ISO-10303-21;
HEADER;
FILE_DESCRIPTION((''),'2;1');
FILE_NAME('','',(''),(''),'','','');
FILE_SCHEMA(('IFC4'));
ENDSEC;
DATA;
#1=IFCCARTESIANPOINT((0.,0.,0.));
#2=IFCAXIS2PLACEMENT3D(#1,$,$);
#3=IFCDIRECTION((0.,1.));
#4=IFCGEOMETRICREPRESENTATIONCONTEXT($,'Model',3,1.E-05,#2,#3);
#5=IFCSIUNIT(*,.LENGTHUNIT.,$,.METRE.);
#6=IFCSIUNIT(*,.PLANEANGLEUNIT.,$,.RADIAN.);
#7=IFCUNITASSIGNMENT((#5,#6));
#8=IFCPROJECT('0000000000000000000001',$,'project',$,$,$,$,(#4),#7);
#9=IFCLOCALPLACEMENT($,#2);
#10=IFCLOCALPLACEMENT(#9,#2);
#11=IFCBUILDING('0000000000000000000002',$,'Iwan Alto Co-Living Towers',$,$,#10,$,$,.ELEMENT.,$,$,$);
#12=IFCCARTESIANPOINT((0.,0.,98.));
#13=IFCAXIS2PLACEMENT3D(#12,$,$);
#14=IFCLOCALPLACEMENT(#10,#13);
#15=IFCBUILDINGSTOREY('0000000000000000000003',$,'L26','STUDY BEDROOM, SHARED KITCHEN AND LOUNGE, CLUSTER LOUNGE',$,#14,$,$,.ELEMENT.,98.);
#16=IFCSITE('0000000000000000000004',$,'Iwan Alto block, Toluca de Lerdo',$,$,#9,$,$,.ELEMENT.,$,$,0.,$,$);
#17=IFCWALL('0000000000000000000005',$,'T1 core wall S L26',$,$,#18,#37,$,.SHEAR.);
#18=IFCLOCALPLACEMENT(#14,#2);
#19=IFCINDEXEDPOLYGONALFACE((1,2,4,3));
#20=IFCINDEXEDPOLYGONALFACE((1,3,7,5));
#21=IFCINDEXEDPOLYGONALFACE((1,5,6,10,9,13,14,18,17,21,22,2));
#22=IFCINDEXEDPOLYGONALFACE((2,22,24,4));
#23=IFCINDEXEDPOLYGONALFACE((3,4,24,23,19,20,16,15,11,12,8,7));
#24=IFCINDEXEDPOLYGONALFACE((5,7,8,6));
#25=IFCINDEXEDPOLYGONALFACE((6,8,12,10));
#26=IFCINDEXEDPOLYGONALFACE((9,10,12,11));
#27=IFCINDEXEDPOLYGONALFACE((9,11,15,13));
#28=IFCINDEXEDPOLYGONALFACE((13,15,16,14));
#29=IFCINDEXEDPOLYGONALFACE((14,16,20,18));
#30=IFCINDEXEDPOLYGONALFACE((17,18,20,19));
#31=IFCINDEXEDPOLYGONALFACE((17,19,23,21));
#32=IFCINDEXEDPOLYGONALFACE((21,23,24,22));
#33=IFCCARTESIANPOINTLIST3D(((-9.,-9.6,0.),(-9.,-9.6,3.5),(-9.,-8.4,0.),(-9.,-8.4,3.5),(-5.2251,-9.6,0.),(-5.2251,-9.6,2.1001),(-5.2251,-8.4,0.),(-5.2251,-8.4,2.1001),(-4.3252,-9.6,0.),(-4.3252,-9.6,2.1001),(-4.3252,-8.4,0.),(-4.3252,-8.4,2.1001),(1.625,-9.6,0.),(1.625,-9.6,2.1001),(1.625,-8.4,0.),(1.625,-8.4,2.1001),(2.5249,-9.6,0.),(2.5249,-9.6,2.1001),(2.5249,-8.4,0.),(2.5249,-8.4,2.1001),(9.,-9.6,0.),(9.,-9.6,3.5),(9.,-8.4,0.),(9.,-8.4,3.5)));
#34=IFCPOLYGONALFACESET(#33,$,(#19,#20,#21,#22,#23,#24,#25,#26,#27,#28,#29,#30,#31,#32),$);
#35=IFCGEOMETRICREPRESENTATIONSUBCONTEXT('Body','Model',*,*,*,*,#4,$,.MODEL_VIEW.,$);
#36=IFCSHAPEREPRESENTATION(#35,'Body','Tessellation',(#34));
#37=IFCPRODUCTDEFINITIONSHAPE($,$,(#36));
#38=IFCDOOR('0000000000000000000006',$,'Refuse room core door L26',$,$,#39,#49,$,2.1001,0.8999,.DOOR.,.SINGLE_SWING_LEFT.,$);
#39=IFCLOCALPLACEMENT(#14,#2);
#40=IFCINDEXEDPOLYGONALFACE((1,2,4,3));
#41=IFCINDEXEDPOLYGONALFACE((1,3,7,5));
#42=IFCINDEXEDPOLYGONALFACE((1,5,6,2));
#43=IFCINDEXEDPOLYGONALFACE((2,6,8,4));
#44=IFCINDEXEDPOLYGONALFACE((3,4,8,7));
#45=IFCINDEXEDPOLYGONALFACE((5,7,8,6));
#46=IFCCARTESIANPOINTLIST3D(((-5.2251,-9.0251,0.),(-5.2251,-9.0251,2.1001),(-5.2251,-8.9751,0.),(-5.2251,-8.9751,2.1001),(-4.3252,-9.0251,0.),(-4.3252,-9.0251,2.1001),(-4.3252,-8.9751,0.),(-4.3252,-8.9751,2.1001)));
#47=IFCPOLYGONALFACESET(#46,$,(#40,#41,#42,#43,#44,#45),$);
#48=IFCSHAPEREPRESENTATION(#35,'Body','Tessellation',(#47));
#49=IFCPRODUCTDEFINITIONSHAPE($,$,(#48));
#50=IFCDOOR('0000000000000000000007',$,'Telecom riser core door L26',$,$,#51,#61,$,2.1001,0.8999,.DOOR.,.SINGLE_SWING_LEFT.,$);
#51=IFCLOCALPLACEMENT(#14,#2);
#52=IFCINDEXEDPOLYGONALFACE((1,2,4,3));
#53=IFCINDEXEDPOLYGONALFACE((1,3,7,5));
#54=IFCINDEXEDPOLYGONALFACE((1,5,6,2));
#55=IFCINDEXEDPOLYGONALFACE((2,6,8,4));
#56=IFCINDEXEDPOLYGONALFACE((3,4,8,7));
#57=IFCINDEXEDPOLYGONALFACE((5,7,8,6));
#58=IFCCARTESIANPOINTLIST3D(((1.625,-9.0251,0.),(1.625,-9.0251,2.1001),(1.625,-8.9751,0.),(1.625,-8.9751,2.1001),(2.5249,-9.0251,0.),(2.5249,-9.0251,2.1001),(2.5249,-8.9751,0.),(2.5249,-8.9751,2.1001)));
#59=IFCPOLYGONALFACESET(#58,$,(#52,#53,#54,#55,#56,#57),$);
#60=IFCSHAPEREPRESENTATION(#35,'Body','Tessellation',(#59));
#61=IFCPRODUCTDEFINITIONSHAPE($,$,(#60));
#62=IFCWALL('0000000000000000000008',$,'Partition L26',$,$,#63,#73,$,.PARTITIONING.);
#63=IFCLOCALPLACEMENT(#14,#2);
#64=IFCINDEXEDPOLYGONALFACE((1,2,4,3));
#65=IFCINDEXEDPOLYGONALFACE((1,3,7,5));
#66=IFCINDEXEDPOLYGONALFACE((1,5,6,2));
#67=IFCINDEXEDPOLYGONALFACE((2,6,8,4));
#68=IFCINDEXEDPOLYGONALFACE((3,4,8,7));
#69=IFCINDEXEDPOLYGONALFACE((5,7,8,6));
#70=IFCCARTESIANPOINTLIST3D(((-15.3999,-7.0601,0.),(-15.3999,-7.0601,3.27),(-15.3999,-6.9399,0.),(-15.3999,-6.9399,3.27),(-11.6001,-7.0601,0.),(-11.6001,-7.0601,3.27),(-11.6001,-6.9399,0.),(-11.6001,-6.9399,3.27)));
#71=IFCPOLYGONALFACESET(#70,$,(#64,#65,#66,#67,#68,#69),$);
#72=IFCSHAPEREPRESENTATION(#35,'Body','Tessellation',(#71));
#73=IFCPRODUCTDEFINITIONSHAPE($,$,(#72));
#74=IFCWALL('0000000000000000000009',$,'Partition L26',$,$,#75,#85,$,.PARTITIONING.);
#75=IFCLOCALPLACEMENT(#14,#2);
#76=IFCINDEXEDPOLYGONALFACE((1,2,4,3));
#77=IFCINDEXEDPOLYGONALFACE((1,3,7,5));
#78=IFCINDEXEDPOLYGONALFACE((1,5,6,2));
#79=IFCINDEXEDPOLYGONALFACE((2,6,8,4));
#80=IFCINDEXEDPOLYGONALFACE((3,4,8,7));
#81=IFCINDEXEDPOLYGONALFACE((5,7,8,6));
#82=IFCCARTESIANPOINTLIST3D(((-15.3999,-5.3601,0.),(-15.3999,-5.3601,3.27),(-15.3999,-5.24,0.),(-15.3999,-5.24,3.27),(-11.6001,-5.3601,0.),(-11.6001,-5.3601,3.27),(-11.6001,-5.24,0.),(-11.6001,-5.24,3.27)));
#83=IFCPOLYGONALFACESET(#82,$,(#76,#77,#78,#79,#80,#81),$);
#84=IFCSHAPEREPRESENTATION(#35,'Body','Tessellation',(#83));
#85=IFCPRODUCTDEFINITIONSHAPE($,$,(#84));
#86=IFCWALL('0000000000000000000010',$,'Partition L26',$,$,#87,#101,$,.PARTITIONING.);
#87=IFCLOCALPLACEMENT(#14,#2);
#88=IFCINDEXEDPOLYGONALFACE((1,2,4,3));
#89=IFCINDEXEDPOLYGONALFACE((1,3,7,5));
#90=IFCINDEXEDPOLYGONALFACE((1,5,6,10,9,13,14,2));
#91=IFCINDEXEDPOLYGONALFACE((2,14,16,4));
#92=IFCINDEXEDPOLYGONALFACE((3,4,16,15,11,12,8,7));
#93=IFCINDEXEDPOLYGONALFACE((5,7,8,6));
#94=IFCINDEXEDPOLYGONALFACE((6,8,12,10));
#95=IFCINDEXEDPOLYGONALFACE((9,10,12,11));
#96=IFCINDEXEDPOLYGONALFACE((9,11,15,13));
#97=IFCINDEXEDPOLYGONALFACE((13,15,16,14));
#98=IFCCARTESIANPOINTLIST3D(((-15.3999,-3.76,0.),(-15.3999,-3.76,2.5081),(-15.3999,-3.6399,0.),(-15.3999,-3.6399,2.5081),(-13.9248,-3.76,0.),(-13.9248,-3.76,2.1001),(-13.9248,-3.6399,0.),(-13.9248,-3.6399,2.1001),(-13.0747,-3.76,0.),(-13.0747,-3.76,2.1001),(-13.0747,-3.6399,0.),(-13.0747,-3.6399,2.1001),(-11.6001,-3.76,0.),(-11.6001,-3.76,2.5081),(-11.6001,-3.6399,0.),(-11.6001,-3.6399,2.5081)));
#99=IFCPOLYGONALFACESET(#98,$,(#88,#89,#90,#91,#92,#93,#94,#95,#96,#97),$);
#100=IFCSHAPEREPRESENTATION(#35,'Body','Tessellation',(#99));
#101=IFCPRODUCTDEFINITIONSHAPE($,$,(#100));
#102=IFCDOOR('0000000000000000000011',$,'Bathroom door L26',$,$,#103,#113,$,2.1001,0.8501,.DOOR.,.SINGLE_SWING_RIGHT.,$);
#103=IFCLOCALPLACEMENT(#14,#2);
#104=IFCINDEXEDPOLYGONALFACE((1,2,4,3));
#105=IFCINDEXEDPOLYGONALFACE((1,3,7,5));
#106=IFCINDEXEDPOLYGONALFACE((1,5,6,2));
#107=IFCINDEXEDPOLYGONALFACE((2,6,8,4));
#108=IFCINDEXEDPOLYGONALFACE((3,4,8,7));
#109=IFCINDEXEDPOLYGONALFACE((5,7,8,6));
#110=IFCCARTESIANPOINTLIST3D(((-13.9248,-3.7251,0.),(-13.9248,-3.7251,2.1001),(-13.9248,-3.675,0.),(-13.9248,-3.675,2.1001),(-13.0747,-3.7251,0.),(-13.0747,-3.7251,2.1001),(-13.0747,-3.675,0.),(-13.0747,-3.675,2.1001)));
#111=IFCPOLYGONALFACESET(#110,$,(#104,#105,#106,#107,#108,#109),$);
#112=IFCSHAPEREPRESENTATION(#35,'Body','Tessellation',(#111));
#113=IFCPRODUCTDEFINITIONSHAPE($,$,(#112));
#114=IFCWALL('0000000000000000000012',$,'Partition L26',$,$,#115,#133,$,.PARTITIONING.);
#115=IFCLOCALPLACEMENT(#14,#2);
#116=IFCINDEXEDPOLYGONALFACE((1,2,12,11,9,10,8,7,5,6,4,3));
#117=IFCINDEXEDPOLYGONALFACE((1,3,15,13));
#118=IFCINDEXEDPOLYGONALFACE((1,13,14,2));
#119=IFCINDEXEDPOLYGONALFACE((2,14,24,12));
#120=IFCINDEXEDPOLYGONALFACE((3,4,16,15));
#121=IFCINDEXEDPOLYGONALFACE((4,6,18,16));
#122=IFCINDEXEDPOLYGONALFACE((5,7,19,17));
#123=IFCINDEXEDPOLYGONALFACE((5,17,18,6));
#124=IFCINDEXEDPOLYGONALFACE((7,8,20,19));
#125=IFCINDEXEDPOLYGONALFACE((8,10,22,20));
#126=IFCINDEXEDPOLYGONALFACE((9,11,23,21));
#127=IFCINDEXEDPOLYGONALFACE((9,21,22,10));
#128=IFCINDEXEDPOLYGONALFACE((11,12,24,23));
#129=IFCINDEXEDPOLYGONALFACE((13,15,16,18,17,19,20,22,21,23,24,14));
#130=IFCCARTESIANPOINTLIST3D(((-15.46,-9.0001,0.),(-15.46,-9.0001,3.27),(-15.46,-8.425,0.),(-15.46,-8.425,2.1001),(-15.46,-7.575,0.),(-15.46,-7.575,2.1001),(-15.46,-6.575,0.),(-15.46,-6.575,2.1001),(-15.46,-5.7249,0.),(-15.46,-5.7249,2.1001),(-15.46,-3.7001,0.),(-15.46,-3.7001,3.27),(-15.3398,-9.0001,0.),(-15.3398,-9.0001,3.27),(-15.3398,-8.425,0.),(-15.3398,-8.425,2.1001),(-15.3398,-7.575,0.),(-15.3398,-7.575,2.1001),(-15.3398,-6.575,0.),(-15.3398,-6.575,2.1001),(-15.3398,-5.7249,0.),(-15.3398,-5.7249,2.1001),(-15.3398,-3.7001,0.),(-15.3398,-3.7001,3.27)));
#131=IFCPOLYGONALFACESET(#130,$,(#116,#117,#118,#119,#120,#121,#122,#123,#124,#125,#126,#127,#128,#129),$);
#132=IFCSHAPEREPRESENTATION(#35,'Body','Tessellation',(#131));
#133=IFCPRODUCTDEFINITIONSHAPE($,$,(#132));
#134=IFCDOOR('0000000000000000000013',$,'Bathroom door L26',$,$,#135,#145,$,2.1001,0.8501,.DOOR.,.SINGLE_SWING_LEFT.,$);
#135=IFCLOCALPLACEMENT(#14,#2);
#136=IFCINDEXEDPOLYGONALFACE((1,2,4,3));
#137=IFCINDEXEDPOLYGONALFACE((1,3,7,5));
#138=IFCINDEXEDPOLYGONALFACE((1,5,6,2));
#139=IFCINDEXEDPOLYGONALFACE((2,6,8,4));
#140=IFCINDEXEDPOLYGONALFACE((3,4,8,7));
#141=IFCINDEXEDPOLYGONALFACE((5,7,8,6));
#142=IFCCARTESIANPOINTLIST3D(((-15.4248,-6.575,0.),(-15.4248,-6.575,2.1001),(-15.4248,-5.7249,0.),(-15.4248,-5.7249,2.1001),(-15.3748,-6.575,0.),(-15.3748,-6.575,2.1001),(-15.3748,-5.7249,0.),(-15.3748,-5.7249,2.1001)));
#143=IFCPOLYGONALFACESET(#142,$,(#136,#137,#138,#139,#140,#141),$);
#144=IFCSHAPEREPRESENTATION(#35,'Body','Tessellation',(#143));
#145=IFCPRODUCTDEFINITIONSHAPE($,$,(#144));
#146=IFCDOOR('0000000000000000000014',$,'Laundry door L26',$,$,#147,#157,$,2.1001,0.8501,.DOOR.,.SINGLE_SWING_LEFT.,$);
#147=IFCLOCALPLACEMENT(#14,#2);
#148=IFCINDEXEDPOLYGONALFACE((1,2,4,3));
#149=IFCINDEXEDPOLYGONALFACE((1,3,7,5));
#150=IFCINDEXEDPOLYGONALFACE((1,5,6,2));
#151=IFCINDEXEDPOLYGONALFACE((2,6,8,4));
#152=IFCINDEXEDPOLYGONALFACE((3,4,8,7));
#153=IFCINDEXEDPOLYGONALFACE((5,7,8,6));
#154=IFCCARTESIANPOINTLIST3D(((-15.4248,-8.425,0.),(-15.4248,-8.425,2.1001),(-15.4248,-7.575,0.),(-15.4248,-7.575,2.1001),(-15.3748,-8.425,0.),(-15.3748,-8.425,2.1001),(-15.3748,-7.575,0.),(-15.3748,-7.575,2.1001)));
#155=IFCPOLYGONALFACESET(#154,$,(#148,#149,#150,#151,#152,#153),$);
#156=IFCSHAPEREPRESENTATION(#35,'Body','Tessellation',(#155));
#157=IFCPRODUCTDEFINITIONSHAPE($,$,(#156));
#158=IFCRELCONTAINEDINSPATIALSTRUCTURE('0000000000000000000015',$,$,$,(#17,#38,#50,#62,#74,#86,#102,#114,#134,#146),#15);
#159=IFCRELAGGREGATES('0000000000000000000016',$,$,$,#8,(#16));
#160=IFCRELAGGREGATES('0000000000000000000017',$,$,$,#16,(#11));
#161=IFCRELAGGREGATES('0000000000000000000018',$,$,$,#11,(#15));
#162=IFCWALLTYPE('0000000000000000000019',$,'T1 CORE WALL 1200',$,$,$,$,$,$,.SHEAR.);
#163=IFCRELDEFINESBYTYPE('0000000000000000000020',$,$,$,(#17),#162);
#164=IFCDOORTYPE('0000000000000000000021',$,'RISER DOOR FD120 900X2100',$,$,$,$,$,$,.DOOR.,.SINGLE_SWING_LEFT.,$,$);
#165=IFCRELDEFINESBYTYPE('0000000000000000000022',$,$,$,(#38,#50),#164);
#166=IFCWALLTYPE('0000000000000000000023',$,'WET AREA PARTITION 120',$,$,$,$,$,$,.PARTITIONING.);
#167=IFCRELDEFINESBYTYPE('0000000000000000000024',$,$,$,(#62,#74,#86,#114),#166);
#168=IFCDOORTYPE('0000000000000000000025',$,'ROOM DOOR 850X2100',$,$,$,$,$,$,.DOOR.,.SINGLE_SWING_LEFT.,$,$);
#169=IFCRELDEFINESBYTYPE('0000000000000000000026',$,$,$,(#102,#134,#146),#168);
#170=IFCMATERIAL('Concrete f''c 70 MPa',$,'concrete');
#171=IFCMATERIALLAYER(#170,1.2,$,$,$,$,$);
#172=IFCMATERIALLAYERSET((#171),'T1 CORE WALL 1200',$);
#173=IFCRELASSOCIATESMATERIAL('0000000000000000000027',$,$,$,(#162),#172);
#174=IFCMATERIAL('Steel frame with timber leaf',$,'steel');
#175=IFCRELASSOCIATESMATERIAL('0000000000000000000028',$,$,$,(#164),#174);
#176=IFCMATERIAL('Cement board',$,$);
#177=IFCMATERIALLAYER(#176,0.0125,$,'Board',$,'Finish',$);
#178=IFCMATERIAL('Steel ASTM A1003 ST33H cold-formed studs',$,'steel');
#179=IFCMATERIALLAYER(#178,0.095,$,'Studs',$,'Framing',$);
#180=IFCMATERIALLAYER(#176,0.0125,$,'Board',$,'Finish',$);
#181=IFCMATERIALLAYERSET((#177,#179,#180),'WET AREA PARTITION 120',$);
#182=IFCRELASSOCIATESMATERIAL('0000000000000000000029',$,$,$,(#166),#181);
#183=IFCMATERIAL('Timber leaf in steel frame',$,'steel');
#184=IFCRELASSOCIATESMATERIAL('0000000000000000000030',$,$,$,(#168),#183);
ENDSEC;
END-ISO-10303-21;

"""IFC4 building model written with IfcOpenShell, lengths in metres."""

from ifc_helpers import new_model, si_unit, direction, frame, frame_2d, origin, place, context, subcontext, project, spatial, rectangle, extrude, material, layer, layer_set, type_object, element, fill, save


model = new_model("IFC4")

# Units and contexts
model_context = context("Model", 3, precision=1e-05, world=origin(), true_north=direction((0.0, 1.0)))
body_context = subcontext(model_context, "Body", "Model", "MODEL_VIEW")
ifc_project = project(units=[si_unit("LENGTHUNIT", "METRE"), si_unit("PLANEANGLEUNIT", "RADIAN")], contexts=[model_context])

# Site, building, storey
site_placement = place(None, origin())
site = spatial("IfcSite", under=ifc_project, at=site_placement, Name="Iwan Alto block, Toluca de Lerdo", CompositionType="ELEMENT", RefElevation=0.0)
building_placement = place(site_placement, origin())
building = spatial("IfcBuilding", under=site, at=building_placement, Name="Iwan Alto Co-Living Towers", CompositionType="ELEMENT")
storey_placement = place(building_placement, frame((0.0, 0.0, 98.0)))
storey = spatial("IfcBuildingStorey", under=building, at=storey_placement, Name="L26", Description="STUDY BEDROOM, SHARED KITCHEN AND LOUNGE, CLUSTER LOUNGE", CompositionType="ELEMENT", Elevation=98.0)

# Shared definitions
ifc_material_1 = material(Name="Steel ASTM A1003 ST33H cold-formed studs", Category="steel")

# Wall, openings, doors
ifc_material_2 = material(Name="Concrete f'c 70 MPa", Category="concrete")
ifc_layer_1 = layer(ifc_material_2, 1.2)
ifc_layer_set_1 = layer_set([ifc_layer_1], Name="T1 CORE WALL 1200")
wall_type_1 = type_object("IfcWallType", Name="T1 CORE WALL 1200", PredefinedType="SHEAR", material=ifc_layer_set_1)
wall_1_placement = place(storey_placement, frame((-9.0, -9.0, 0.0), z_axis=(0.0, 0.0, 1.0), x_axis=(1.0, 0.0, 0.0)))
wall_1 = element("IfcWall", 1, at=wall_1_placement, inside=storey, type_object=wall_type_1, Name="T1 core wall S L26", PredefinedType="SHEAR", context=body_context, shape_type="SweptSolid", body=[
    extrude(rectangle(XDim=18.0, YDim=1.2, at=frame_2d((9.0, 0.0))), origin(), (0.0, 0.0, 1.0), 3.5),
])
opening_1_placement = place(wall_1_placement, frame((3.7749, 0.0, 0.0)))
opening_1 = element("IfcOpeningElement", 2, at=opening_1_placement, cuts=wall_1, PredefinedType="OPENING", context=body_context, shape_type="SweptSolid", body=[
    extrude(rectangle(XDim=0.8999, YDim=2.1001, at=frame_2d((0.45, 1.05))), frame((0.0, 0.6099, 0.0), z_axis=(0.0, -1.0, 0.0), x_axis=(1.0, 0.0, 0.0)), (0.0, 0.0, 1.0), 1.22),
])
opening_2_placement = place(wall_1_placement, frame((10.625, 0.0, 0.0)))
opening_2 = element("IfcOpeningElement", 3, at=opening_2_placement, cuts=wall_1, PredefinedType="OPENING", context=body_context, shape_type="SweptSolid", body=[
    extrude(rectangle(XDim=0.8999, YDim=2.1001, at=frame_2d((0.45, 1.05))), frame((0.0, 0.6099, 0.0), z_axis=(0.0, -1.0, 0.0), x_axis=(1.0, 0.0, 0.0)), (0.0, 0.0, 1.0), 1.22),
])
ifc_material_3 = material(Name="Steel frame with timber leaf", Category="steel")
door_type_1 = type_object("IfcDoorType", Name="RISER DOOR FD120 900X2100", OperationType="SINGLE_SWING_LEFT", PredefinedType="DOOR", material=ifc_material_3)
door_1_placement = place(opening_1_placement, origin())
door_1 = element("IfcDoor", 4, at=door_1_placement, inside=storey, type_object=door_type_1, Name="Refuse room core door L26", OperationType="SINGLE_SWING_LEFT", OverallHeight=2.1001, OverallWidth=0.8999, PredefinedType="DOOR", context=body_context, shape_type="SweptSolid", body=[
    extrude(rectangle(XDim=0.8999, YDim=2.1001, at=frame_2d((0.45, 1.05))), frame((0.0, 0.0249, 0.0), z_axis=(0.0, -1.0, 0.0), x_axis=(1.0, 0.0, 0.0)), (0.0, 0.0, 1.0), 0.05),
])
fill(opening_1, door_1)
door_2_placement = place(opening_2_placement, origin())
door_2 = element("IfcDoor", 5, at=door_2_placement, inside=storey, type_object=door_type_1, Name="Telecom riser core door L26", OperationType="SINGLE_SWING_LEFT", OverallHeight=2.1001, OverallWidth=0.8999, PredefinedType="DOOR", context=body_context, shape_type="SweptSolid", body=[
    extrude(rectangle(XDim=0.8999, YDim=2.1001, at=frame_2d((0.45, 1.05))), frame((0.0, 0.0249, 0.0), z_axis=(0.0, -1.0, 0.0), x_axis=(1.0, 0.0, 0.0)), (0.0, 0.0, 1.0), 0.05),
])
fill(opening_2, door_2)

# Walls
ifc_material_4 = material(Name="Cement board")
ifc_layer_2 = layer(ifc_material_4, 0.0125, Name="Board", Category="Finish")
ifc_layer_3 = layer(ifc_material_1, 0.095, Name="Studs", Category="Framing")
ifc_layer_4 = layer(ifc_material_4, 0.0125, Name="Board", Category="Finish")
ifc_layer_set_2 = layer_set([ifc_layer_2, ifc_layer_3, ifc_layer_4], Name="WET AREA PARTITION 120")
wall_type_2 = type_object("IfcWallType", Name="WET AREA PARTITION 120", PredefinedType="PARTITIONING", material=ifc_layer_set_2)
for number, where, z_axis, x_axis, name in (
    (6, (-15.3999, -7.0, 0.0), (0.0, 0.0, 1.0), (1.0, 0.0, 0.0), "Partition L26"),
    (7, (-15.3999, -5.3, 0.0), (0.0, 0.0, 1.0), (1.0, 0.0, 0.0), "Partition L26"),
):
    element("IfcWall", number, at=place(storey_placement, frame(where, z_axis=z_axis, x_axis=x_axis)), inside=storey, type_object=wall_type_2, Name=name, PredefinedType="PARTITIONING", context=body_context, shape_type="SweptSolid", body=[
        extrude(rectangle(XDim=3.7998, YDim=0.1201, at=frame_2d((1.8999, 0.0))), origin(), (0.0, 0.0, 1.0), 3.27),
    ])

# Wall, opening, door
wall_2_placement = place(storey_placement, frame((-15.3999, -3.7, 0.0), z_axis=(0.0, 0.0, 1.0), x_axis=(1.0, 0.0, 0.0)))
wall_2 = element("IfcWall", 8, at=wall_2_placement, inside=storey, type_object=wall_type_2, Name="Partition L26", PredefinedType="PARTITIONING", context=body_context, shape_type="SweptSolid", body=[
    extrude(rectangle(XDim=3.7998, YDim=0.1201, at=frame_2d((1.8999, 0.0))), origin(), (0.0, 0.0, 1.0), 2.5081),
])
opening_3_placement = place(wall_2_placement, frame((1.4751, 0.0, 0.0)))
opening_3 = element("IfcOpeningElement", 9, at=opening_3_placement, cuts=wall_2, PredefinedType="OPENING", context=body_context, shape_type="SweptSolid", body=[
    extrude(rectangle(XDim=0.8501, YDim=2.1001, at=frame_2d((0.425, 1.05))), frame((0.0, 0.0701, 0.0), z_axis=(0.0, -1.0, 0.0), x_axis=(1.0, 0.0, 0.0)), (0.0, 0.0, 1.0), 0.1401),
])
ifc_material_5 = material(Name="Timber leaf in steel frame", Category="steel")
door_type_2 = type_object("IfcDoorType", Name="ROOM DOOR 850X2100", OperationType="SINGLE_SWING_LEFT", PredefinedType="DOOR", material=ifc_material_5)
door_3_placement = place(opening_3_placement, origin())
door_3 = element("IfcDoor", 10, at=door_3_placement, inside=storey, type_object=door_type_2, Name="Bathroom door L26", OperationType="SINGLE_SWING_RIGHT", OverallHeight=2.1001, OverallWidth=0.8501, PredefinedType="DOOR", context=body_context, shape_type="SweptSolid", body=[
    extrude(rectangle(XDim=0.8501, YDim=2.1001, at=frame_2d((0.425, 1.05))), frame((0.0, 0.0249, 0.0), z_axis=(0.0, -1.0, 0.0), x_axis=(1.0, 0.0, 0.0)), (0.0, 0.0, 1.0), 0.05),
])
fill(opening_3, door_3)

# Wall, openings, doors
wall_3_placement = place(storey_placement, frame((-15.3999, -9.0, 0.0), z_axis=(0.0, 0.0, 1.0), x_axis=(0.0, 1.0, 0.0)))
wall_3 = element("IfcWall", 11, at=wall_3_placement, inside=storey, type_object=wall_type_2, Name="Partition L26", PredefinedType="PARTITIONING", context=body_context, shape_type="SweptSolid", body=[
    extrude(rectangle(XDim=5.3, YDim=0.1201, at=frame_2d((2.6499, 0.0))), origin(), (0.0, 0.0, 1.0), 3.27),
])
opening_4_placement = place(wall_3_placement, frame((2.425, 0.0, 0.0)))
opening_4 = element("IfcOpeningElement", 12, at=opening_4_placement, cuts=wall_3, PredefinedType="OPENING", context=body_context, shape_type="SweptSolid", body=[
    extrude(rectangle(XDim=0.8501, YDim=2.1001, at=frame_2d((0.425, 1.05))), frame((0.0, 0.0701, 0.0), z_axis=(0.0, -1.0, 0.0), x_axis=(1.0, 0.0, 0.0)), (0.0, 0.0, 1.0), 0.1401),
])
opening_5_placement = place(wall_3_placement, frame((0.575, 0.0, 0.0)))
opening_5 = element("IfcOpeningElement", 13, at=opening_5_placement, cuts=wall_3, PredefinedType="OPENING", context=body_context, shape_type="SweptSolid", body=[
    extrude(rectangle(XDim=0.8501, YDim=2.1001, at=frame_2d((0.425, 1.05))), frame((0.0, 0.0701, 0.0), z_axis=(0.0, -1.0, 0.0), x_axis=(1.0, 0.0, 0.0)), (0.0, 0.0, 1.0), 0.1401),
])
door_4_placement = place(opening_4_placement, origin())
door_4 = element("IfcDoor", 14, at=door_4_placement, inside=storey, type_object=door_type_2, Name="Bathroom door L26", OperationType="SINGLE_SWING_LEFT", OverallHeight=2.1001, OverallWidth=0.8501, PredefinedType="DOOR", context=body_context, shape_type="SweptSolid", body=[
    extrude(rectangle(XDim=0.8501, YDim=2.1001, at=frame_2d((0.425, 1.05))), frame((0.0, 0.0249, 0.0), z_axis=(0.0, -1.0, 0.0), x_axis=(1.0, 0.0, 0.0)), (0.0, 0.0, 1.0), 0.05),
])
fill(opening_4, door_4)
door_5_placement = place(opening_5_placement, origin())
door_5 = element("IfcDoor", 15, at=door_5_placement, inside=storey, type_object=door_type_2, Name="Laundry door L26", OperationType="SINGLE_SWING_LEFT", OverallHeight=2.1001, OverallWidth=0.8501, PredefinedType="DOOR", context=body_context, shape_type="SweptSolid", body=[
    extrude(rectangle(XDim=0.8501, YDim=2.1001, at=frame_2d((0.425, 1.05))), frame((0.0, 0.0249, 0.0), z_axis=(0.0, -1.0, 0.0), x_axis=(1.0, 0.0, 0.0)), (0.0, 0.0, 1.0), 0.05),
])
fill(opening_5, door_5)

save(model, "model.ifc")
